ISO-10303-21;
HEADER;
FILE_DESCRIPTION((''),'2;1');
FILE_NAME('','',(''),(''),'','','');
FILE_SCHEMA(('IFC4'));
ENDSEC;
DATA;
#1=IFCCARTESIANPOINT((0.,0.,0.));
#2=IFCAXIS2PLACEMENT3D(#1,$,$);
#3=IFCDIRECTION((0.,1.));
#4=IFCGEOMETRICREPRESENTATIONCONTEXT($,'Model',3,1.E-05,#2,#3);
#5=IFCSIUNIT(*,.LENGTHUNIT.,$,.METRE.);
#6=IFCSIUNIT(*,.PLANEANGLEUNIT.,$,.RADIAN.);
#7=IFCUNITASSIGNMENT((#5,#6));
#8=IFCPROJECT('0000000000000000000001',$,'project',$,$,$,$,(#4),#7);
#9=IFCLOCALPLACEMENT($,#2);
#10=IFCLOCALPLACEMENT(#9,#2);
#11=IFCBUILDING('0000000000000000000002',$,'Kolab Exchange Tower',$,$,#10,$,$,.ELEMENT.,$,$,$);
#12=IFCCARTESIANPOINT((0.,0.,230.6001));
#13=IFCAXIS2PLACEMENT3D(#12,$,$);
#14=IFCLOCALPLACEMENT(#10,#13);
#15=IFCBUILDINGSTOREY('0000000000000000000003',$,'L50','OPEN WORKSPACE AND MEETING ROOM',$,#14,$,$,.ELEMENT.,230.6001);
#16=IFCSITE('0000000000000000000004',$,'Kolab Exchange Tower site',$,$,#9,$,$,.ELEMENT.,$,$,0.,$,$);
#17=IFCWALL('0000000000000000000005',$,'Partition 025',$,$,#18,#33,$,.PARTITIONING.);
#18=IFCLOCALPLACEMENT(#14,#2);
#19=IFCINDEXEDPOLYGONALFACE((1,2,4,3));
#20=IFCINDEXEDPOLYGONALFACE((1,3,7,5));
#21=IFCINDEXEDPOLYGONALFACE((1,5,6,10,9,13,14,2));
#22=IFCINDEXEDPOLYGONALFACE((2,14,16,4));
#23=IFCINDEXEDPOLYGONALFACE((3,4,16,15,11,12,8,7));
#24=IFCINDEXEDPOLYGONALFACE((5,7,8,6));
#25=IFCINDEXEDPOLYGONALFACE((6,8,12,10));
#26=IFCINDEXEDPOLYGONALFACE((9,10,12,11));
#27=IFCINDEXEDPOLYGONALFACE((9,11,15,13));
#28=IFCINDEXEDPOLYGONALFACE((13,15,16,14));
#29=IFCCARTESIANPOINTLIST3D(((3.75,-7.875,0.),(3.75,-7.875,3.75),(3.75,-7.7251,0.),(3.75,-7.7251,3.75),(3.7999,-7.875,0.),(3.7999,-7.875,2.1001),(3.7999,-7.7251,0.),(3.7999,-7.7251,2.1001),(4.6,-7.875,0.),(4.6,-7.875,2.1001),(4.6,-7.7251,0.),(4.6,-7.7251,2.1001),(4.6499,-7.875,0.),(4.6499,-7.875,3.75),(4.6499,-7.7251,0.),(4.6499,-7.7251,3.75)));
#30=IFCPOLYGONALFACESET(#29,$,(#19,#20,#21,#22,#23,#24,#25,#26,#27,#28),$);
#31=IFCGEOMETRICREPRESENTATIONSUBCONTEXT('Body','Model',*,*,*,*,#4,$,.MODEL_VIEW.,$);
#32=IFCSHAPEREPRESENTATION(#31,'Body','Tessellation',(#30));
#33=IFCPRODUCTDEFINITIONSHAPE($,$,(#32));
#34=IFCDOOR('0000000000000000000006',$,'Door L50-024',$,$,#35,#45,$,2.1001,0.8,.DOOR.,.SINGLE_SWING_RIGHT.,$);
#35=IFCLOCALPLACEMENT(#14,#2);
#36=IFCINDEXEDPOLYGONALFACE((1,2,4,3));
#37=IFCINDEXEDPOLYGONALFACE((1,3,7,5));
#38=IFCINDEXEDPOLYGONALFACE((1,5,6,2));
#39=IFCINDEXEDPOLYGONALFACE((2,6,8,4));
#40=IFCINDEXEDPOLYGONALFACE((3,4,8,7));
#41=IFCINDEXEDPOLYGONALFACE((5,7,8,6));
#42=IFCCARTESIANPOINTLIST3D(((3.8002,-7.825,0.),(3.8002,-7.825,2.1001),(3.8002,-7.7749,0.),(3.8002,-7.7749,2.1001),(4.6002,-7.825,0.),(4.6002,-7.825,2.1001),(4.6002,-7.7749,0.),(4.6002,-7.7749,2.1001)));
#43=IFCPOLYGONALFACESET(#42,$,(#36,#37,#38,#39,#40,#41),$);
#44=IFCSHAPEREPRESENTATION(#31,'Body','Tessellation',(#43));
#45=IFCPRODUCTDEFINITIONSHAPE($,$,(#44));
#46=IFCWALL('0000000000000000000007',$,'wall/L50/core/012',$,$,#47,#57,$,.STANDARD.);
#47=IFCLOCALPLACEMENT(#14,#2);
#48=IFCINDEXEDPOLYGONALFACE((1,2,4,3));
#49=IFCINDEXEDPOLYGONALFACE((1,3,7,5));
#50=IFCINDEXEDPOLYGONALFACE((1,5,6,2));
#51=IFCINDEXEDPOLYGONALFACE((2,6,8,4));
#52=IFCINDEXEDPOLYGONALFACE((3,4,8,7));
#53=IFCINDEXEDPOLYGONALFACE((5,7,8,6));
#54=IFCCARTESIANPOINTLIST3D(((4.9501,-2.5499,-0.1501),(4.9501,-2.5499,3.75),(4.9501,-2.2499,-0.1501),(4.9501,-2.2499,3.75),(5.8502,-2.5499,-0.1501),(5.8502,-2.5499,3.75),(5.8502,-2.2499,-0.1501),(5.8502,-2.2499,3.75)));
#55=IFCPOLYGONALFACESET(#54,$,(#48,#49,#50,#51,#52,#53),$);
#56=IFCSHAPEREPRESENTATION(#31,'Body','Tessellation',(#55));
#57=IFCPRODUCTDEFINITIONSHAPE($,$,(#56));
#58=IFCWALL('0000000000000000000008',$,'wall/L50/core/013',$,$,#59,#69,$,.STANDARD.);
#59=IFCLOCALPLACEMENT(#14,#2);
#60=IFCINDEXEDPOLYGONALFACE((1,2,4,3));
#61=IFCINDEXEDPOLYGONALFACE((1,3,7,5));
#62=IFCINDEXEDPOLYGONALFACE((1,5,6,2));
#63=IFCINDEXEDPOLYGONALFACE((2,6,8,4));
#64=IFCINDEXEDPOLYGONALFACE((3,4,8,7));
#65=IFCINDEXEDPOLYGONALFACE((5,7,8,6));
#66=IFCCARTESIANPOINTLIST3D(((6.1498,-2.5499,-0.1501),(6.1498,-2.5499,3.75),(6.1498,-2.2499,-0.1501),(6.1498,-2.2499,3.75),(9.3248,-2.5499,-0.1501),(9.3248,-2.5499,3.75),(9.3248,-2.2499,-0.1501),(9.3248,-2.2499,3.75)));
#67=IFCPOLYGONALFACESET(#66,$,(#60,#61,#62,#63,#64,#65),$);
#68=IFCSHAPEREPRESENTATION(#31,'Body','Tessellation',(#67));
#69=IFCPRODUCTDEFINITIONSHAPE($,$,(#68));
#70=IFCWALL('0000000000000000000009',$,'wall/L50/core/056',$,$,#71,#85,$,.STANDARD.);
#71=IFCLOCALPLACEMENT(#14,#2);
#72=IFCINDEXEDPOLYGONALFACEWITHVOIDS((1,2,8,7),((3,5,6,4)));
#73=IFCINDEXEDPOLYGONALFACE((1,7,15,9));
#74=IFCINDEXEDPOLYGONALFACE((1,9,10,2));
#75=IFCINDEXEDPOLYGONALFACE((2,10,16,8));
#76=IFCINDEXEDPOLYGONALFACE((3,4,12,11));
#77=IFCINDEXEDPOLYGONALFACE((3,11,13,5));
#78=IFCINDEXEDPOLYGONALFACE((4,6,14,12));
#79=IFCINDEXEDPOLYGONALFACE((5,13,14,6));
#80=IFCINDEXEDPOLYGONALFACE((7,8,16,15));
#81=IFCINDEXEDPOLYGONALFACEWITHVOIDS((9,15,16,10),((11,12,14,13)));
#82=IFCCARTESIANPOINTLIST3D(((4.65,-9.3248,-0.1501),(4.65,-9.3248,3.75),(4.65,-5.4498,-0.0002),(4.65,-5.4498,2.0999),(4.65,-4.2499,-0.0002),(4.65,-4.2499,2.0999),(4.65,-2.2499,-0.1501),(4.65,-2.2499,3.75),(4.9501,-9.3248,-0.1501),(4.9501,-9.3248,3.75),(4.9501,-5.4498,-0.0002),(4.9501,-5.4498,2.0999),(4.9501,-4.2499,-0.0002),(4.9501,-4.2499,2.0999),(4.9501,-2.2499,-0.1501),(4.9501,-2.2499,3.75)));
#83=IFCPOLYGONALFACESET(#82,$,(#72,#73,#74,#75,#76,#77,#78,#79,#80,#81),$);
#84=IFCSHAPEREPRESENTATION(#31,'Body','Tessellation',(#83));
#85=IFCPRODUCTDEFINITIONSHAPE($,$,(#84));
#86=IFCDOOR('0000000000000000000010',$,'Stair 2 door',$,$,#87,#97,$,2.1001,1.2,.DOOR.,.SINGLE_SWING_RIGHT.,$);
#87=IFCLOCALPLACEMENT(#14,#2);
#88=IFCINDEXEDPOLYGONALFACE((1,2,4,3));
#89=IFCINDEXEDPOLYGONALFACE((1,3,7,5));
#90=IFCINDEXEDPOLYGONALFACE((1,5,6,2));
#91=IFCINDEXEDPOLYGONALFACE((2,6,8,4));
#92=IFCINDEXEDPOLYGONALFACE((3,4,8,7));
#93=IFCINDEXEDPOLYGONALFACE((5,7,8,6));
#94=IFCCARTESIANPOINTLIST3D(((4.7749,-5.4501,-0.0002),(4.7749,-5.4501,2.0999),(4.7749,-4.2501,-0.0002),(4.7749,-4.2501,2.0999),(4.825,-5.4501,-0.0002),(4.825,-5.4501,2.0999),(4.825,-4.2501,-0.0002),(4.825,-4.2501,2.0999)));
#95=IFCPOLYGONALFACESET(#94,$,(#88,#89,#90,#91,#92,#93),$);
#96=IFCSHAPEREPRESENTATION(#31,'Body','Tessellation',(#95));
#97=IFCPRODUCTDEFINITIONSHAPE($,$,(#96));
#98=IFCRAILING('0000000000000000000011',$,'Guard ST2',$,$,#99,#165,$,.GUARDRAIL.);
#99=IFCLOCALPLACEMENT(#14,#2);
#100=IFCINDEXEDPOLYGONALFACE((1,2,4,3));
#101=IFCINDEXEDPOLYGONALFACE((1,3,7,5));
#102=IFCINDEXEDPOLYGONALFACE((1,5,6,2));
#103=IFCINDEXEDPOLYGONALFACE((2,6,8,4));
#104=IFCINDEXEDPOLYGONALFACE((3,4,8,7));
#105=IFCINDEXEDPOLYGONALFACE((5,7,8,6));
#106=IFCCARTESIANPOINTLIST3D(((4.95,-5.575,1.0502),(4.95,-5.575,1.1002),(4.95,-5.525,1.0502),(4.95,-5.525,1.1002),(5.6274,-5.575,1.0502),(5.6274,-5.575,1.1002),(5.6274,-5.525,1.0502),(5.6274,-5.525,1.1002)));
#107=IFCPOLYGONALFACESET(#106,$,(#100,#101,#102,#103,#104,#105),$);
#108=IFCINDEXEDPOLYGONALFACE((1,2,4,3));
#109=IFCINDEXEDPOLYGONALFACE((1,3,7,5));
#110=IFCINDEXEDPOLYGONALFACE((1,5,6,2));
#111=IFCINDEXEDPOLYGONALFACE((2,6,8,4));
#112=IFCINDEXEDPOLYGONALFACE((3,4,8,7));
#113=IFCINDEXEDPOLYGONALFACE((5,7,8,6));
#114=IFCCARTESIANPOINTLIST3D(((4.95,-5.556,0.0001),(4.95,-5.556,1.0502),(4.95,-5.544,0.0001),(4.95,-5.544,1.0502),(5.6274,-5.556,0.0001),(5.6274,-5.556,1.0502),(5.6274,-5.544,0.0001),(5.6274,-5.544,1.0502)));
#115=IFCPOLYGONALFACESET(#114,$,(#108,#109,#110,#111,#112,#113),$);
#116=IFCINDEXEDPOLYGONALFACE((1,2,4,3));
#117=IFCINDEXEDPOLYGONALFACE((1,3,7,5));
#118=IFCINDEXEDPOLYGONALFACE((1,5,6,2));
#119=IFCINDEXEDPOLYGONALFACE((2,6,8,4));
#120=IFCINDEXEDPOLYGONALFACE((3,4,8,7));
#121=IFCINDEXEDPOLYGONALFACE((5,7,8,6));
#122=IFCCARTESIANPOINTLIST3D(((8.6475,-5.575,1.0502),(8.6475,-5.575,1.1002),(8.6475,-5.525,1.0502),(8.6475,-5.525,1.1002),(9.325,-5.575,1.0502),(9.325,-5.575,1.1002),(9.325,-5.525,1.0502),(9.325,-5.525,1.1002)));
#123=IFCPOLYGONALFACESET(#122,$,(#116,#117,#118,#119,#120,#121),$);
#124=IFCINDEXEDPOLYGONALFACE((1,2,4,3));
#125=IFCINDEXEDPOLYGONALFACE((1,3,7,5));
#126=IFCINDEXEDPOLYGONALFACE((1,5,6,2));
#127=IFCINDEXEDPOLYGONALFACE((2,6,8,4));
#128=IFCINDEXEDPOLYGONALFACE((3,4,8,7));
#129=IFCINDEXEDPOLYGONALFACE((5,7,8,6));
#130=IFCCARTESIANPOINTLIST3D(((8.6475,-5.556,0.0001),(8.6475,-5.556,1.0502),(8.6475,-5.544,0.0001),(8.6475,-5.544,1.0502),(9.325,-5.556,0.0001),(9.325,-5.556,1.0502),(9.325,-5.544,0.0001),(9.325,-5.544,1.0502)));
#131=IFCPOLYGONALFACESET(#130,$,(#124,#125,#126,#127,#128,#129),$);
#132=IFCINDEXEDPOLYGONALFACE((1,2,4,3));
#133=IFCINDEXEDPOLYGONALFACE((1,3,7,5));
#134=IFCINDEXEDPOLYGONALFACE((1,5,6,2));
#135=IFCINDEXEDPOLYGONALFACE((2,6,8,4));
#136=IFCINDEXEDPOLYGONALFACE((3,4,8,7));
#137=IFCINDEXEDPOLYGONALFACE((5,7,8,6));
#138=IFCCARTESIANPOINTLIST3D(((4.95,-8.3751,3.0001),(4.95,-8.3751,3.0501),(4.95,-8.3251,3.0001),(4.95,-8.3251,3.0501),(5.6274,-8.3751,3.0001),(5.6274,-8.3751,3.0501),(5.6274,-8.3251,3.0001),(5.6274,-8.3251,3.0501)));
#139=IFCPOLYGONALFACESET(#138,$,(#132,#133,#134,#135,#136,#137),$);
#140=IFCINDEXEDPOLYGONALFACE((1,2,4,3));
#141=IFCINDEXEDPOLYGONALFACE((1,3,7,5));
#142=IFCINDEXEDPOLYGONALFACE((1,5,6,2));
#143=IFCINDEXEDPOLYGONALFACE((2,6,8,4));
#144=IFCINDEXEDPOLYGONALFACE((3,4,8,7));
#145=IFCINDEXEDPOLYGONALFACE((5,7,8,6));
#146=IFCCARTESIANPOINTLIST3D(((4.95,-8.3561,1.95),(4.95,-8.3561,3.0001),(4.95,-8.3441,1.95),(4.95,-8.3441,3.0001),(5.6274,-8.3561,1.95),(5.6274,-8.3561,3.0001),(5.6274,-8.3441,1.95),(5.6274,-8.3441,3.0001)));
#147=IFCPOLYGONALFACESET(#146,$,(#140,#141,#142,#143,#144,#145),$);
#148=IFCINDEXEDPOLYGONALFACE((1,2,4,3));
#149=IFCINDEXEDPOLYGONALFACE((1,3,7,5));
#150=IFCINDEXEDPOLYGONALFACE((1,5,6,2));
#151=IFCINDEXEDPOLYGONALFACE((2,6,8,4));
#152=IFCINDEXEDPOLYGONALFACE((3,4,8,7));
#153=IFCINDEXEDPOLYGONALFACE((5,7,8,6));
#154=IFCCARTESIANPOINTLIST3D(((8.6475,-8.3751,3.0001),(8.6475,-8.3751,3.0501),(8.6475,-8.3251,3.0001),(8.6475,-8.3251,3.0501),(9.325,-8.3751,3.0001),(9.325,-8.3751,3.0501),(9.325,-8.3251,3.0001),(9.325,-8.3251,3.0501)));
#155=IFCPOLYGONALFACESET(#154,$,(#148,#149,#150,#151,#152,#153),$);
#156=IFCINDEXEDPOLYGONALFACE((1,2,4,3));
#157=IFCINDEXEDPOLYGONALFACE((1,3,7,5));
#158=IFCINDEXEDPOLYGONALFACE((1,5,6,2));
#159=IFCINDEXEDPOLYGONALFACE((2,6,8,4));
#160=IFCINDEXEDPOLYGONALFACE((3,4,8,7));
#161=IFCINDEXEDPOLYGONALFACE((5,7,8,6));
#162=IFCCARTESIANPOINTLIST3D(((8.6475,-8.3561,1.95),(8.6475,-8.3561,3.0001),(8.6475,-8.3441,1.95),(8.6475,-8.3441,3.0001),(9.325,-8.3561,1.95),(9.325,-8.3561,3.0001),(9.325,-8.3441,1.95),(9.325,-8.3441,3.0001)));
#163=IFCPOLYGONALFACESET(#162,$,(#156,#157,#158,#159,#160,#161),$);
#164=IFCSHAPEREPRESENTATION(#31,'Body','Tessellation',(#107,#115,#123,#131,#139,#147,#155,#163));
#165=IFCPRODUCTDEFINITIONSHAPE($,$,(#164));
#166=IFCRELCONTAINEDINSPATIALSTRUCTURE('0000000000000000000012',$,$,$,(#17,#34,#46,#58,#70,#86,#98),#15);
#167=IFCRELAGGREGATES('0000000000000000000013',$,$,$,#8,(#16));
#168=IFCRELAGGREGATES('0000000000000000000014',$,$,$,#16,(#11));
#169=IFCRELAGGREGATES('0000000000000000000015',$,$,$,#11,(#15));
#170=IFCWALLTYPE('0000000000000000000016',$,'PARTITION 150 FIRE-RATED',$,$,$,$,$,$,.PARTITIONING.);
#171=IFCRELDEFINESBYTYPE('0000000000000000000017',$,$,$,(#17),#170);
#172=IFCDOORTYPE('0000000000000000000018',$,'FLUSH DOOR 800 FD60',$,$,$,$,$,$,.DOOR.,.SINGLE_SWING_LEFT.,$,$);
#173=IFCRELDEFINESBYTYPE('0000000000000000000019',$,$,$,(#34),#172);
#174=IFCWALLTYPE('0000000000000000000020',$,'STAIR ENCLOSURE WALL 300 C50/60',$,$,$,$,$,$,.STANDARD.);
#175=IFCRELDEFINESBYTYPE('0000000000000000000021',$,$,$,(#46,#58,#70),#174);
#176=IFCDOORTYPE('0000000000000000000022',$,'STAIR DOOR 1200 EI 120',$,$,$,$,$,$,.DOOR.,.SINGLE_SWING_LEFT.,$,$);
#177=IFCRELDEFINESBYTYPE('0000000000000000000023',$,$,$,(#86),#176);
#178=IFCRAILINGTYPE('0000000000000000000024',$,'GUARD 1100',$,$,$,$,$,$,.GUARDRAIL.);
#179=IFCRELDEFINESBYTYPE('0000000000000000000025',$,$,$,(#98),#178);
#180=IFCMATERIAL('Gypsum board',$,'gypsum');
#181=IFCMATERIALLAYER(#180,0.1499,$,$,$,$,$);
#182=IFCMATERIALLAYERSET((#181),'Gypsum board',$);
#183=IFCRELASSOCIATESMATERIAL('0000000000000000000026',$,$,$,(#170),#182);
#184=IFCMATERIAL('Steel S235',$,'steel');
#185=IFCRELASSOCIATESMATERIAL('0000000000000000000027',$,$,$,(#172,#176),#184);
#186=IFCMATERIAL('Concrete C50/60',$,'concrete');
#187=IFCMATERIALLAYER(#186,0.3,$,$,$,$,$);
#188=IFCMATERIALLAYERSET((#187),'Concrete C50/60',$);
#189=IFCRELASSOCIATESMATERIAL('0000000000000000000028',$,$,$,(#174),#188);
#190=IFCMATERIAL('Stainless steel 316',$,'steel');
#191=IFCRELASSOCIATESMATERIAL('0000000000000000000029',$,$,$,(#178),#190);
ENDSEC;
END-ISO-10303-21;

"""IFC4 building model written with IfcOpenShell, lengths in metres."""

from ifc_helpers import new_model, si_unit, direction, frame, frame_2d, origin, origin_2d, place, context, subcontext, project, spatial, rectangle, extrude, material, layer, layer_set, type_object, element, fill, save


model = new_model("IFC4")

# Units and contexts
model_context = context("Model", 3, precision=1e-05, world=origin(), true_north=direction((0.0, 1.0)))
body_context = subcontext(model_context, "Body", "Model", "MODEL_VIEW")
ifc_project = project(units=[si_unit("LENGTHUNIT", "METRE"), si_unit("PLANEANGLEUNIT", "RADIAN")], contexts=[model_context])

# Site, building, storey
site_placement = place(None, origin())
site = spatial("IfcSite", under=ifc_project, at=site_placement, Name="Kolab Exchange Tower site", CompositionType="ELEMENT", RefElevation=0.0)
building_placement = place(site_placement, origin())
building = spatial("IfcBuilding", under=site, at=building_placement, Name="Kolab Exchange Tower", CompositionType="ELEMENT")
storey_placement = place(building_placement, frame((0.0, 0.0, 230.6001)))
storey = spatial("IfcBuildingStorey", under=building, at=storey_placement, Name="L50", Description="OPEN WORKSPACE AND MEETING ROOM", CompositionType="ELEMENT", Elevation=230.6001)

# Shared definitions
ifc_material_1 = material(Name="Concrete C50/60", Category="concrete")
ifc_material_2 = material(Name="Stainless steel 316", Category="steel")

# Wall, opening, door
ifc_material_3 = material(Name="Gypsum board", Category="gypsum")
ifc_layer_1 = layer(ifc_material_3, 0.1499)
ifc_layer_set_1 = layer_set([ifc_layer_1], Name="Gypsum board")
wall_type_1 = type_object("IfcWallType", Name="PARTITION 150 FIRE-RATED", PredefinedType="PARTITIONING", material=ifc_layer_set_1)
wall_1_placement = place(storey_placement, frame((3.75, -7.8, 0.0), z_axis=(0.0, 0.0, 1.0), x_axis=(1.0, 0.0, 0.0)))
wall_1 = element("IfcWall", 1, at=wall_1_placement, inside=storey, type_object=wall_type_1, Name="Partition 025", PredefinedType="PARTITIONING", context=body_context, shape_type="SweptSolid", body=[
    extrude(rectangle(XDim=0.8999, YDim=0.1499, at=frame_2d((0.45, 0.0))), origin(), (0.0, 0.0, 1.0), 3.75),
])
opening_1_placement = place(wall_1_placement, frame((0.05, 0.0, 0.0)))
opening_1 = element("IfcOpeningElement", 2, at=opening_1_placement, cuts=wall_1, PredefinedType="OPENING", context=body_context, shape_type="SweptSolid", body=[
    extrude(rectangle(XDim=0.8, YDim=2.1001, at=frame_2d((0.3999, 1.05))), frame((0.0, 0.085, 0.0), z_axis=(0.0, -1.0, 0.0), x_axis=(1.0, 0.0, 0.0)), (0.0, 0.0, 1.0), 0.1699),
])
ifc_material_4 = material(Name="Steel S235", Category="steel")
door_type_1 = type_object("IfcDoorType", Name="FLUSH DOOR 800 FD60", OperationType="SINGLE_SWING_LEFT", PredefinedType="DOOR", material=ifc_material_4)
door_1_placement = place(opening_1_placement, frame((0.8, 0.0, 0.0), z_axis=(0.0, 0.0, 1.0), x_axis=(-1.0, 0.0, 0.0)))
door_1 = element("IfcDoor", 3, at=door_1_placement, inside=storey, type_object=door_type_1, Name="Door L50-024", OperationType="SINGLE_SWING_RIGHT", OverallHeight=2.1001, OverallWidth=0.8, PredefinedType="DOOR", context=body_context, shape_type="SweptSolid", body=[
    extrude(rectangle(XDim=0.8, YDim=2.1001, at=frame_2d((0.3999, 1.05))), frame((0.0, 0.0249, 0.0), z_axis=(0.0, -1.0, 0.0), x_axis=(1.0, 0.0, 0.0)), (0.0, 0.0, 1.0), 0.05),
])
fill(opening_1, door_1)

# Walls
ifc_layer_2 = layer(ifc_material_1, 0.3)
ifc_layer_set_2 = layer_set([ifc_layer_2], Name="Concrete C50/60")
wall_type_2 = type_object("IfcWallType", Name="STAIR ENCLOSURE WALL 300 C50/60", PredefinedType="STANDARD", material=ifc_layer_set_2)
wall_2_placement = place(storey_placement, frame((4.95, -2.3999, -0.1501), z_axis=(0.0, 0.0, 1.0), x_axis=(1.0, 0.0, 0.0)))
element("IfcWall", 4, at=wall_2_placement, inside=storey, type_object=wall_type_2, Name="wall/L50/core/012", PredefinedType="STANDARD", context=body_context, shape_type="SweptSolid", body=[
    extrude(rectangle(XDim=0.9001, YDim=0.3, at=frame_2d((0.4502, 0.0))), origin(), (0.0, 0.0, 1.0), 3.9001),
])
wall_3_placement = place(storey_placement, frame((6.1499, -2.3999, -0.1501), z_axis=(0.0, 0.0, 1.0), x_axis=(1.0, 0.0, 0.0)))
element("IfcWall", 5, at=wall_3_placement, inside=storey, type_object=wall_type_2, Name="wall/L50/core/013", PredefinedType="STANDARD", context=body_context, shape_type="SweptSolid", body=[
    extrude(rectangle(XDim=3.175, YDim=0.3, at=frame_2d((1.5874, 0.0))), origin(), (0.0, 0.0, 1.0), 3.9001),
])

# Wall, opening, door
wall_4_placement = place(storey_placement, frame((4.8, -9.325, -0.1501), z_axis=(0.0, 0.0, 1.0), x_axis=(0.0, 1.0, 0.0)))
wall_4 = element("IfcWall", 6, at=wall_4_placement, inside=storey, type_object=wall_type_2, Name="wall/L50/core/056", PredefinedType="STANDARD", context=body_context, shape_type="SweptSolid", body=[
    extrude(rectangle(XDim=7.075, YDim=0.3, at=frame_2d((3.5376, 0.0))), origin(), (0.0, 0.0, 1.0), 3.9001),
])
opening_2_placement = place(wall_4_placement, frame((3.875, 0.0, 0.1499)))
opening_2 = element("IfcOpeningElement", 7, at=opening_2_placement, cuts=wall_4, PredefinedType="OPENING", context=body_context, shape_type="SweptSolid", body=[
    extrude(rectangle(XDim=1.2, YDim=2.1001, at=frame_2d((0.6001, 1.05))), frame((0.0, 0.1602, 0.0), z_axis=(0.0, -1.0, 0.0), x_axis=(1.0, 0.0, 0.0)), (0.0, 0.0, 1.0), 0.3201),
])
door_type_2 = type_object("IfcDoorType", Name="STAIR DOOR 1200 EI 120", OperationType="SINGLE_SWING_LEFT", PredefinedType="DOOR", material=ifc_material_4)
door_2_placement = place(opening_2_placement, frame((1.2, 0.0, 0.0), z_axis=(0.0, 0.0, 1.0), x_axis=(-1.0, 0.0, 0.0)))
door_2 = element("IfcDoor", 8, at=door_2_placement, inside=storey, type_object=door_type_2, Name="Stair 2 door", OperationType="SINGLE_SWING_RIGHT", OverallHeight=2.1001, OverallWidth=1.2, PredefinedType="DOOR", context=body_context, shape_type="SweptSolid", body=[
    extrude(rectangle(XDim=1.2, YDim=2.1001, at=frame_2d((0.6001, 1.05))), frame((0.0, 0.0249, 0.0), z_axis=(0.0, -1.0, 0.0), x_axis=(1.0, 0.0, 0.0)), (0.0, 0.0, 1.0), 0.05),
])
fill(opening_2, door_2)

# Railing
railing_type = type_object("IfcRailingType", Name="GUARD 1100", PredefinedType="GUARDRAIL", material=ifc_material_2)
railing_1_placement = place(storey_placement, frame((4.95, -5.55, 0.0)))
element("IfcRailing", 9, at=railing_1_placement, inside=storey, type_object=railing_type, Name="Guard ST2", PredefinedType="GUARDRAIL", context=body_context, shape_type="SweptSolid", body=[
    extrude(rectangle(XDim=0.05, YDim=0.05, at=origin_2d()), frame((0.0, 0.0, 1.0752), z_axis=(1.0, 0.0, 0.0), x_axis=(0.0, 1.0, 0.0)), (0.0, 0.0, 1.0), 0.6775),
    extrude(rectangle(XDim=0.012, YDim=1.0501, at=frame_2d((0.0, 0.5251))), frame((0.0, 0.0, 0.0), z_axis=(1.0, 0.0, 0.0), x_axis=(0.0, 1.0, 0.0)), (0.0, 0.0, 1.0), 0.6775),
    extrude(rectangle(XDim=0.05, YDim=0.05, at=origin_2d()), frame((3.6975, 0.0, 1.0752), z_axis=(1.0, 0.0, 0.0), x_axis=(0.0, 1.0, 0.0)), (0.0, 0.0, 1.0), 0.6775),
    extrude(rectangle(XDim=0.012, YDim=1.0501, at=frame_2d((0.0, 0.5251))), frame((3.6975, 0.0, 0.0), z_axis=(1.0, 0.0, 0.0), x_axis=(0.0, 1.0, 0.0)), (0.0, 0.0, 1.0), 0.6775),
    extrude(rectangle(XDim=0.05, YDim=0.05, at=origin_2d()), frame((0.0, -2.8, 3.0251), z_axis=(1.0, 0.0, 0.0), x_axis=(0.0, 1.0, 0.0)), (0.0, 0.0, 1.0), 0.6775),
    extrude(rectangle(XDim=0.012, YDim=1.0501, at=frame_2d((0.0, 0.5251))), frame((0.0, -2.8, 1.95), z_axis=(1.0, 0.0, 0.0), x_axis=(0.0, 1.0, 0.0)), (0.0, 0.0, 1.0), 0.6775),
    extrude(rectangle(XDim=0.05, YDim=0.05, at=origin_2d()), frame((3.6975, -2.8, 3.0251), z_axis=(1.0, 0.0, 0.0), x_axis=(0.0, 1.0, 0.0)), (0.0, 0.0, 1.0), 0.6775),
    extrude(rectangle(XDim=0.012, YDim=1.0501, at=frame_2d((0.0, 0.5251))), frame((3.6975, -2.8, 1.95), z_axis=(1.0, 0.0, 0.0), x_axis=(0.0, 1.0, 0.0)), (0.0, 0.0, 1.0), 0.6775),
])

save(model, "model.ifc")
